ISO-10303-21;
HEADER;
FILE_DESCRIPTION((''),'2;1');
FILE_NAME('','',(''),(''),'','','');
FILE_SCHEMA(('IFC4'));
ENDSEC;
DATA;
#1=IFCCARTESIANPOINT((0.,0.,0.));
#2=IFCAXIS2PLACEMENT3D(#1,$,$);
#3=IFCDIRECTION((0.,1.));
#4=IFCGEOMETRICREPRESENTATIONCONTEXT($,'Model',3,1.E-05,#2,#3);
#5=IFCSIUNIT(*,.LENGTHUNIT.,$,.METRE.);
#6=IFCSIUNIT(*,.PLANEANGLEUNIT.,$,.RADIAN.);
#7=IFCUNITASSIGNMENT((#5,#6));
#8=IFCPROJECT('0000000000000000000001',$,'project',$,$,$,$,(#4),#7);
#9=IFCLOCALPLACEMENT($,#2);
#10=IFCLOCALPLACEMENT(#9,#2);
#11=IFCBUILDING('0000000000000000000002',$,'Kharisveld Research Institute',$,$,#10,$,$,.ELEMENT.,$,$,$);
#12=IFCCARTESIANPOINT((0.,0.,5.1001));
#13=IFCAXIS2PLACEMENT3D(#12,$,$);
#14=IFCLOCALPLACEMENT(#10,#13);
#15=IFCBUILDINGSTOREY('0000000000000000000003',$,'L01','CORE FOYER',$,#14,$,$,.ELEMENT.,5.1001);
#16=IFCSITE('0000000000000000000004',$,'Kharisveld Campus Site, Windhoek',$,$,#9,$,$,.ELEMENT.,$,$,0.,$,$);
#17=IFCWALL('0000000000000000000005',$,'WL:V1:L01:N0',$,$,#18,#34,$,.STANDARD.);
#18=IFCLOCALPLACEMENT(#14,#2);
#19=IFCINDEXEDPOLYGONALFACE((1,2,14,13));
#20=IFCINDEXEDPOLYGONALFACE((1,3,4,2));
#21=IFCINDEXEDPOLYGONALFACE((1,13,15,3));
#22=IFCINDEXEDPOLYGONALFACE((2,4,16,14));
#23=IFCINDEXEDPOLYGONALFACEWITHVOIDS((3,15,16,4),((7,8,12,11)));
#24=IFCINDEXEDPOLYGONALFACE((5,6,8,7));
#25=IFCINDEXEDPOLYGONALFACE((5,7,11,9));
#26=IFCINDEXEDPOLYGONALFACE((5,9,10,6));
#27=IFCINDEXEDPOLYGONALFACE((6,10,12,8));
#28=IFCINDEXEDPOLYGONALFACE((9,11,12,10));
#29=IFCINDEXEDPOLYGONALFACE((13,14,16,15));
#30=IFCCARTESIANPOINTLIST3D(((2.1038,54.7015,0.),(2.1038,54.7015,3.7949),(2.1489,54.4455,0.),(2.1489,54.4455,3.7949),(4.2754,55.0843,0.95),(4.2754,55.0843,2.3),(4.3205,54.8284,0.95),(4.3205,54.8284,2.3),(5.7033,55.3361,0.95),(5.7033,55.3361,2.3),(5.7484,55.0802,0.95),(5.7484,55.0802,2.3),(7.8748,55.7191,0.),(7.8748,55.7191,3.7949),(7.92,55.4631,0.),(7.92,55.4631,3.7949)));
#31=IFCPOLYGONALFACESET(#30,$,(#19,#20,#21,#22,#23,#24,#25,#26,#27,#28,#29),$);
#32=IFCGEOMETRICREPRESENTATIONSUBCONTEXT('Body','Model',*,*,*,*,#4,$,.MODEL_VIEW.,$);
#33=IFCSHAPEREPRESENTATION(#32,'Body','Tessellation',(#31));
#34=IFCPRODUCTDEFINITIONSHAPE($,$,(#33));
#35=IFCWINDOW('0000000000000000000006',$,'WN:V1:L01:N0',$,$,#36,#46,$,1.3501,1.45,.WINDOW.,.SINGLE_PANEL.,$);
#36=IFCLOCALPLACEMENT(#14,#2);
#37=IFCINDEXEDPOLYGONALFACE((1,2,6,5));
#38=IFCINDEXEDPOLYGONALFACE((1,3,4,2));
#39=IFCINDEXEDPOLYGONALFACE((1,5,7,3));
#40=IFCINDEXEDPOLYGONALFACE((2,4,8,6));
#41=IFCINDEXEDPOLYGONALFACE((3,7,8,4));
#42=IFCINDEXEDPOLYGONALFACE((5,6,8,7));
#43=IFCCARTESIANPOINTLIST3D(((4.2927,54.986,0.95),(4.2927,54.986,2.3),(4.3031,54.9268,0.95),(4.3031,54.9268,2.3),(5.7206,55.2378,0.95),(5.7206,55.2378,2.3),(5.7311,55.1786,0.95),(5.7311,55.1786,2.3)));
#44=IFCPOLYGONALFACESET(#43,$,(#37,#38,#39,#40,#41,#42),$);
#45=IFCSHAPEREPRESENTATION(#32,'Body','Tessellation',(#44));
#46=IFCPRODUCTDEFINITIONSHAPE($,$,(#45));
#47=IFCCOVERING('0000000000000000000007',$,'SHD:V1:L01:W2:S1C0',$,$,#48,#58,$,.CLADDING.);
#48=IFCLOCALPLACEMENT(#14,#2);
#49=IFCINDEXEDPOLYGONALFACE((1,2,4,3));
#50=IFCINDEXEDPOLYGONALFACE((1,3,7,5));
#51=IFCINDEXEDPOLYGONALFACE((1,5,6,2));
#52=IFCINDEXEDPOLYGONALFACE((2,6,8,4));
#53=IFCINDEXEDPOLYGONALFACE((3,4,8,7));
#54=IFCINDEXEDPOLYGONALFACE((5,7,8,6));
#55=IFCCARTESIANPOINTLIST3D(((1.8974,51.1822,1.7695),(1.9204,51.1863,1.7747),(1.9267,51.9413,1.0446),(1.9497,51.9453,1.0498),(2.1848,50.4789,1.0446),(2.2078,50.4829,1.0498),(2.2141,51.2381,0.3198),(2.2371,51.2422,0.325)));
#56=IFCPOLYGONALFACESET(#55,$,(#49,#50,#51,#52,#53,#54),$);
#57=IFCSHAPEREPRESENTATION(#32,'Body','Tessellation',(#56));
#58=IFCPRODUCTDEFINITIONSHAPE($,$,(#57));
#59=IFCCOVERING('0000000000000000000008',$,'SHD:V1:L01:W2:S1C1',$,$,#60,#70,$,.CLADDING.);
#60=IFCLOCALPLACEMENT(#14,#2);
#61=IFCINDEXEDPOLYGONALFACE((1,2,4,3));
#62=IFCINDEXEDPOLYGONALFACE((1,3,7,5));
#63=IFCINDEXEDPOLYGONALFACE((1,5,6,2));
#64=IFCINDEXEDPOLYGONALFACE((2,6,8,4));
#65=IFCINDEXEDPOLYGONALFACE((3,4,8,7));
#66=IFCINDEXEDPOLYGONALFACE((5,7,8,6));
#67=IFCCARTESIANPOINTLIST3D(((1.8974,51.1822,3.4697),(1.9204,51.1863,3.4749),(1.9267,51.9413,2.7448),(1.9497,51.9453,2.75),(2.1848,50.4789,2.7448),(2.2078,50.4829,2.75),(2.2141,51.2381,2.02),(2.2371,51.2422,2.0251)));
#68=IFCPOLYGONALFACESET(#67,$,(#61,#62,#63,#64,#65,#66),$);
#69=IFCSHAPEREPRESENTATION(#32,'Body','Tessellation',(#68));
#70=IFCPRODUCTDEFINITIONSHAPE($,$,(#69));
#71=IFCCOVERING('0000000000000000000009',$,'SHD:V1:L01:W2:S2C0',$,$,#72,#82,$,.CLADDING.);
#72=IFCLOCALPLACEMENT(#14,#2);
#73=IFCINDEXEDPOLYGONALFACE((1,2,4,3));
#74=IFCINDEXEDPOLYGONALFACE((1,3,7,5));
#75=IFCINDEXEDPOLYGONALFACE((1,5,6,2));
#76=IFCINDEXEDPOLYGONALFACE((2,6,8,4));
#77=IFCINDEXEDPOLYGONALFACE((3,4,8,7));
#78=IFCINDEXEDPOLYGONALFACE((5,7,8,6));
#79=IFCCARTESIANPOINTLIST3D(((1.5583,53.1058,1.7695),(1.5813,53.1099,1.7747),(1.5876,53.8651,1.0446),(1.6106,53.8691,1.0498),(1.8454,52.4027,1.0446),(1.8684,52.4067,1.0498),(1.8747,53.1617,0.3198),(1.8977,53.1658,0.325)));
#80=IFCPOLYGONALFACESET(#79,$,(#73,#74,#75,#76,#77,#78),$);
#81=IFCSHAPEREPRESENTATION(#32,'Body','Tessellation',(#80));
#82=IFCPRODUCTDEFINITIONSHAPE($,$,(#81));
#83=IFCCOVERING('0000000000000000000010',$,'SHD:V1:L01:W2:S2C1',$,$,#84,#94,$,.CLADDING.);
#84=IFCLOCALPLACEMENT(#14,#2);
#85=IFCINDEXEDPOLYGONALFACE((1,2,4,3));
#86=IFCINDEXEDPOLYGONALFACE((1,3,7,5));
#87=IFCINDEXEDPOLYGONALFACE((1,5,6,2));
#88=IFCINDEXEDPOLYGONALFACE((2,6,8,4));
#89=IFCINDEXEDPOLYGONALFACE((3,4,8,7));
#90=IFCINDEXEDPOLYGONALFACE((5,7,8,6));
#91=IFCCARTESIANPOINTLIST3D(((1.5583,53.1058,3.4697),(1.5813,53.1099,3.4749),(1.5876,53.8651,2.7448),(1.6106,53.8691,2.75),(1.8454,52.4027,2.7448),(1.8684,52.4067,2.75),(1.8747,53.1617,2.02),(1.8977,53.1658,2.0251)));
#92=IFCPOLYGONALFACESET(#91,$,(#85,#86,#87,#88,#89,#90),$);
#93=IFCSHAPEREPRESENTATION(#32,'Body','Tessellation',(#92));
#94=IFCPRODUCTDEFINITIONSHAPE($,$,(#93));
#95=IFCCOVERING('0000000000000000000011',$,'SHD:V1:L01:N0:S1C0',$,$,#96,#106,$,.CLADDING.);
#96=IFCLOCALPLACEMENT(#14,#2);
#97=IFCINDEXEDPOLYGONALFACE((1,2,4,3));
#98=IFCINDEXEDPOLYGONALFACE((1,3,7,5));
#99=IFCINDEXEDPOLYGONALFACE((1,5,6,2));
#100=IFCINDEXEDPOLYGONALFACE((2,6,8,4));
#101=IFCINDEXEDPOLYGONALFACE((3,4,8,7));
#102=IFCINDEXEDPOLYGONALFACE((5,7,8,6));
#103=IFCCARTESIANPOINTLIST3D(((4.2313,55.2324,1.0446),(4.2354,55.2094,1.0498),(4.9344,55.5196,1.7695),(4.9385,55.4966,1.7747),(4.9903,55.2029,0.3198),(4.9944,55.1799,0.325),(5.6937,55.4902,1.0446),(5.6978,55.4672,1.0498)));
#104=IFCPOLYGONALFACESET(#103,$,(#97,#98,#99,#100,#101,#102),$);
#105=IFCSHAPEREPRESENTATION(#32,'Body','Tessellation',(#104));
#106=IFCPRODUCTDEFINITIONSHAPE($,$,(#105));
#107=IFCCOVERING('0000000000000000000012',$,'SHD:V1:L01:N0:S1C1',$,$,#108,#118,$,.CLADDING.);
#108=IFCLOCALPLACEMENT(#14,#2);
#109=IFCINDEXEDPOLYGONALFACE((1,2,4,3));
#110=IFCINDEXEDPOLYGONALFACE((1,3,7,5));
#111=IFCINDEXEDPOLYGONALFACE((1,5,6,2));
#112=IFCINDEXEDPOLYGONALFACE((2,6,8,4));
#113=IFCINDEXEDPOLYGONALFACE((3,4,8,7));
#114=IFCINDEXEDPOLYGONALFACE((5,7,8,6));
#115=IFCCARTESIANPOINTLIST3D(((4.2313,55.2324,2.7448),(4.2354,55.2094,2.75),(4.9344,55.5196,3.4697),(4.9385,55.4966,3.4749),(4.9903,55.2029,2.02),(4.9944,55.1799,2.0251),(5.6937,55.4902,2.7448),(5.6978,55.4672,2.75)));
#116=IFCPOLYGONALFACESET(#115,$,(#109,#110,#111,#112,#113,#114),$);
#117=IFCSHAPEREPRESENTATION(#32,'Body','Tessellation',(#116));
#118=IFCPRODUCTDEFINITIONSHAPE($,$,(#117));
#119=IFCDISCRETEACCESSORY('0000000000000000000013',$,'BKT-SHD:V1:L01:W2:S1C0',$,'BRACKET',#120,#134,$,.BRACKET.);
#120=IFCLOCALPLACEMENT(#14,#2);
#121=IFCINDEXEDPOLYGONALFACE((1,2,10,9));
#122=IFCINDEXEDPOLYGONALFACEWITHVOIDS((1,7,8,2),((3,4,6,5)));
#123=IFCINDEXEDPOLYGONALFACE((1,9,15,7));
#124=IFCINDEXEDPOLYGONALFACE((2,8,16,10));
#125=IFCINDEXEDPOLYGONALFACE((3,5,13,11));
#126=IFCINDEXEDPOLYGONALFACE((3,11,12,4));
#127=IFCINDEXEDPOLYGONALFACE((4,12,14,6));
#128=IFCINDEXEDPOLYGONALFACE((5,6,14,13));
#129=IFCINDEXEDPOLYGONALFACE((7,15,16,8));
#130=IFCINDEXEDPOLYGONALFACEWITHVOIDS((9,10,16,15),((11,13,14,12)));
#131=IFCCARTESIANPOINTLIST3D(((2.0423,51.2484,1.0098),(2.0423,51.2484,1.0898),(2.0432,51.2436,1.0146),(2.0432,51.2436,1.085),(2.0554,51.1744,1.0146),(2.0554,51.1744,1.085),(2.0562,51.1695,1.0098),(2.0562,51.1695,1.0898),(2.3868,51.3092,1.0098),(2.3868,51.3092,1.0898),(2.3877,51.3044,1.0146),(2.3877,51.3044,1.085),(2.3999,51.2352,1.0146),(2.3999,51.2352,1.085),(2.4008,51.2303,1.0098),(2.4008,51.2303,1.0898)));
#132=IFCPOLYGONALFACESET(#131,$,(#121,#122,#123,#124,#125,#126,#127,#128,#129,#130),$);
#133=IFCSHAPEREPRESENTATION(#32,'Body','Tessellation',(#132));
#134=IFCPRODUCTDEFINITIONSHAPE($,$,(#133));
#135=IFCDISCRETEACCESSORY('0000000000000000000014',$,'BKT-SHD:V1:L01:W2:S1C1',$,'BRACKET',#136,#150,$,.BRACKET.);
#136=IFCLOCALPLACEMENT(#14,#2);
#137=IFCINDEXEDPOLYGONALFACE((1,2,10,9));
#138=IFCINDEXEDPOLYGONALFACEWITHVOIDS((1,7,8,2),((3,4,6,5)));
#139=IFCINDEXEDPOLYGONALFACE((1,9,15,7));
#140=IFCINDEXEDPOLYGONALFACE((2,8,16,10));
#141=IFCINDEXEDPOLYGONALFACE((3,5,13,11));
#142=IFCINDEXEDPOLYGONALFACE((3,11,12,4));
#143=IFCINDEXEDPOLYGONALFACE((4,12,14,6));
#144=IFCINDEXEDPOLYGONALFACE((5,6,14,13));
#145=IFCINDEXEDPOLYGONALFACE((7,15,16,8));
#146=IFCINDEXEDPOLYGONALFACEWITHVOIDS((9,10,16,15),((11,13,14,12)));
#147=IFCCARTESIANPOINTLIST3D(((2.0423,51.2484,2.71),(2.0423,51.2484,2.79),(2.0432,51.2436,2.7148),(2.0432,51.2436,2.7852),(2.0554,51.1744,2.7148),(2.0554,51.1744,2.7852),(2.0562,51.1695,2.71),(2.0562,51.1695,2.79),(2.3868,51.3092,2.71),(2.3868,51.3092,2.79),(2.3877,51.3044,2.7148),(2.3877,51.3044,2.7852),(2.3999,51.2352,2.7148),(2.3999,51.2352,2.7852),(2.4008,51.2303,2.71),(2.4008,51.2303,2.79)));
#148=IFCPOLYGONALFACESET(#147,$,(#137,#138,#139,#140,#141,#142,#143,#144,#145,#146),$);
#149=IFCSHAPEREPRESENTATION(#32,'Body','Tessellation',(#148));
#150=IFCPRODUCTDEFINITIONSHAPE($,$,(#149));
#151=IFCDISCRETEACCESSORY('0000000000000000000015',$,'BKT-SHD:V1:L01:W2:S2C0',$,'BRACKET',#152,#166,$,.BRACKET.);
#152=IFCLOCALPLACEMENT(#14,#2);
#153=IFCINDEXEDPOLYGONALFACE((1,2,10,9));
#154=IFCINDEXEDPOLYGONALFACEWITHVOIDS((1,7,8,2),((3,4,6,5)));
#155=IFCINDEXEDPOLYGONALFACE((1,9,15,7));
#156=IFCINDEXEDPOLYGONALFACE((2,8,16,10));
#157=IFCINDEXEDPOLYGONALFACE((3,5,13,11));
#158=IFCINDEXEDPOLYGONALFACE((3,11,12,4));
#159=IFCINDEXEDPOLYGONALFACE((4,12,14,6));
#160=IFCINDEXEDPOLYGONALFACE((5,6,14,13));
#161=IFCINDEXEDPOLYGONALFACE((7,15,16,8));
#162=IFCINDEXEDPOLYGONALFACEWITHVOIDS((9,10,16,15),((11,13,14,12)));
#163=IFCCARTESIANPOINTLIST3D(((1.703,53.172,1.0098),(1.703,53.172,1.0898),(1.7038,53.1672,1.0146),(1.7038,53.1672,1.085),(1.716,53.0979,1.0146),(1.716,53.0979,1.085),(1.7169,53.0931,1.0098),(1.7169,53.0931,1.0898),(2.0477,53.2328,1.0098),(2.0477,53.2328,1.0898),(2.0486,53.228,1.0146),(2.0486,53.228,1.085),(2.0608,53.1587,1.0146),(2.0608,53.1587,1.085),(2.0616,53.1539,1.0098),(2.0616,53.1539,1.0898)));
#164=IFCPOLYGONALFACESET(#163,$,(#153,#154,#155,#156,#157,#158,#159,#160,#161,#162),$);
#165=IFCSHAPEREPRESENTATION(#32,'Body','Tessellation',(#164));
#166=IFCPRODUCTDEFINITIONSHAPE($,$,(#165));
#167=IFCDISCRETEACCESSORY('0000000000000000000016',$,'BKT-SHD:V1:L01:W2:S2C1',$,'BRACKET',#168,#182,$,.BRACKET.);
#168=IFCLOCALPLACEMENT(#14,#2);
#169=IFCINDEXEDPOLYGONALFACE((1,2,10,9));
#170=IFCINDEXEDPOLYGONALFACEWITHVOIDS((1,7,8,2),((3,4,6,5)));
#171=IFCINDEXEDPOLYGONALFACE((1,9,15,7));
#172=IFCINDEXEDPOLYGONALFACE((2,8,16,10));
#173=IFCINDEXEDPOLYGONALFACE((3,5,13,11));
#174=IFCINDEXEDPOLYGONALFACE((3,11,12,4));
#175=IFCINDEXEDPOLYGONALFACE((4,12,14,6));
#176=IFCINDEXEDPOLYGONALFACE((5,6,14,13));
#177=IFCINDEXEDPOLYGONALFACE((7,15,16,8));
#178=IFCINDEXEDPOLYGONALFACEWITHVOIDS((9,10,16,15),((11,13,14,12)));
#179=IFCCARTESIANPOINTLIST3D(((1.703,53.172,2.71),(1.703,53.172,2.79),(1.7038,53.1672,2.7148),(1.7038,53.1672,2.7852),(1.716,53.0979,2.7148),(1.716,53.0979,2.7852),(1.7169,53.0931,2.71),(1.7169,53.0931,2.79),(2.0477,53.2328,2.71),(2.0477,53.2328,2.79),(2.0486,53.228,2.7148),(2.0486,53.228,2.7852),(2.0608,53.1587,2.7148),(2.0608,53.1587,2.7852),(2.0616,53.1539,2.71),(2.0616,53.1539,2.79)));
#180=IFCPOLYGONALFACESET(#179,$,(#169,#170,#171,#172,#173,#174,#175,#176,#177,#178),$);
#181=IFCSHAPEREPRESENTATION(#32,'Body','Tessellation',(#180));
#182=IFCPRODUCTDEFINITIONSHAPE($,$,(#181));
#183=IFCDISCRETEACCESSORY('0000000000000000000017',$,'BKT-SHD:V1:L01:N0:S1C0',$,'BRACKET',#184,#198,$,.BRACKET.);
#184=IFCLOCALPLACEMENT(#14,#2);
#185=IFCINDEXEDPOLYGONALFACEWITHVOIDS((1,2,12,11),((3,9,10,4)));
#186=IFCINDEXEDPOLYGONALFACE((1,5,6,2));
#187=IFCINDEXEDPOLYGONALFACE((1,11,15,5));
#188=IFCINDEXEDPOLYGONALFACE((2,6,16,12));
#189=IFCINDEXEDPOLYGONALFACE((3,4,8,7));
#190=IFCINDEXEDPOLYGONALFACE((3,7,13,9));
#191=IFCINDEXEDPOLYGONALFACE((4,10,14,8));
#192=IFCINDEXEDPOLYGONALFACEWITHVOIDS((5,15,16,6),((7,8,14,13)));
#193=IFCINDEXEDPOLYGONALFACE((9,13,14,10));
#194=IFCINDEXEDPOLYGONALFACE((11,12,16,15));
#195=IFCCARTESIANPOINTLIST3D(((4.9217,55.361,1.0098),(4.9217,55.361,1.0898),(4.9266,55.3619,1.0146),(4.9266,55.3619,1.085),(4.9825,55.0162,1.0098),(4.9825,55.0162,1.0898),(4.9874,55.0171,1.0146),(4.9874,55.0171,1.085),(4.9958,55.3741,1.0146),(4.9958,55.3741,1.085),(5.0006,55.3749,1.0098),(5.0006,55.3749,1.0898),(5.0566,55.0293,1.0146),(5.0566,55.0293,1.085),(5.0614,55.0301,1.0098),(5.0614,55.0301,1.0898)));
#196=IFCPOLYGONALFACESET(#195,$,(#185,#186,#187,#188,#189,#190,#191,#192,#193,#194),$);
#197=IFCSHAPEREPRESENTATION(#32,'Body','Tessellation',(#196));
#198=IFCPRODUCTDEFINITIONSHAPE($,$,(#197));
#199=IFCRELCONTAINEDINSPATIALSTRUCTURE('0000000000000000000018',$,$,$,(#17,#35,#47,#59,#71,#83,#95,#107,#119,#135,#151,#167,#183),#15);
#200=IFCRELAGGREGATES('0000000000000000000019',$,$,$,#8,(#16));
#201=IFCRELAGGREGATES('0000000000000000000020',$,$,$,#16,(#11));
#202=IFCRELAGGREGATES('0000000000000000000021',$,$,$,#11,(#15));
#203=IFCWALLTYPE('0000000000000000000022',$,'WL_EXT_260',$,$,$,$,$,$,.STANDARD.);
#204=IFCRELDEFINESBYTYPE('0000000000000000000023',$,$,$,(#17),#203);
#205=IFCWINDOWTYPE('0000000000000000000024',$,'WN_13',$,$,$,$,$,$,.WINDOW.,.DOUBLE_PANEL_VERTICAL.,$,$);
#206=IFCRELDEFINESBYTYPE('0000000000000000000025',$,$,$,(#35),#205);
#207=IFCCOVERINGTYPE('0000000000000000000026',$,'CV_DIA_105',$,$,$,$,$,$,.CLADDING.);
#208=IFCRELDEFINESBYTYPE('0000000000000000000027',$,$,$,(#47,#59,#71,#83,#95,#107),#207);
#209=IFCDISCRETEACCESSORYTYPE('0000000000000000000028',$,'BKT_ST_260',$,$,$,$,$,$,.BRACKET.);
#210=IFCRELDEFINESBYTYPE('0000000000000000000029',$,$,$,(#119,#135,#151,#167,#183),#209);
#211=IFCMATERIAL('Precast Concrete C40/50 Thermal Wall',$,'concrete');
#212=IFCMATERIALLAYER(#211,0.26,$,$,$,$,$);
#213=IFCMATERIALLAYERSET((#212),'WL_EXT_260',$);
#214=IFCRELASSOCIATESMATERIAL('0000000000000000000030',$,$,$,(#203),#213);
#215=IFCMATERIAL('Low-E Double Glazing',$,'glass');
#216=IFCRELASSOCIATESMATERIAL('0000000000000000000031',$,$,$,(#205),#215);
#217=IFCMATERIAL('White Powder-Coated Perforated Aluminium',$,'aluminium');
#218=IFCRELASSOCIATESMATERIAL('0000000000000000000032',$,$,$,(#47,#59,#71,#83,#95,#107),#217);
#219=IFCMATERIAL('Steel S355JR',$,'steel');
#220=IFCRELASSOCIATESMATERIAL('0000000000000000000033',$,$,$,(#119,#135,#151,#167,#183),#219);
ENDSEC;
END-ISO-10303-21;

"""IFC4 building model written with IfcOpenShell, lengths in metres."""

from ifc_helpers import new_model, si_unit, direction, frame, frame_2d, origin, origin_2d, place, context, subcontext, project, spatial, polyline, rectangle, hollow_rectangle, outline, extrude, material, layer, layer_set, type_object, element, fill, save


model = new_model("IFC4")

# Units and contexts
model_context = context("Model", 3, precision=1e-05, world=origin(), true_north=direction((0.0, 1.0)))
body_context = subcontext(model_context, "Body", "Model", "MODEL_VIEW")
ifc_project = project(units=[si_unit("LENGTHUNIT", "METRE"), si_unit("PLANEANGLEUNIT", "RADIAN")], contexts=[model_context])

# Site, building, storey
site_placement = place(None, origin())
site = spatial("IfcSite", under=ifc_project, at=site_placement, Name="Kharisveld Campus Site, Windhoek", CompositionType="ELEMENT", RefElevation=0.0)
building_placement = place(site_placement, origin())
building = spatial("IfcBuilding", under=site, at=building_placement, Name="Kharisveld Research Institute", CompositionType="ELEMENT")
storey_placement = place(building_placement, frame((0.0, 0.0, 5.1001)))
storey = spatial("IfcBuildingStorey", under=building, at=storey_placement, Name="L01", Description="CORE FOYER", CompositionType="ELEMENT", Elevation=5.1001)

# Wall, opening, window
ifc_material_1 = material(Name="Precast Concrete C40/50 Thermal Wall", Category="concrete")
ifc_layer_1 = layer(ifc_material_1, 0.26)
ifc_layer_set_1 = layer_set([ifc_layer_1], Name="WL_EXT_260")
wall_type = type_object("IfcWallType", Name="WL_EXT_260", PredefinedType="STANDARD", material=ifc_layer_set_1)
wall_placement = place(storey_placement, frame((2.1262, 54.5735, 0.0), z_axis=(0.0, 0.0, 1.0), x_axis=(0.984808, 0.173647, 0.0)))
wall = element("IfcWall", 1, at=wall_placement, inside=storey, type_object=wall_type, Name="WL:V1:L01:N0", PredefinedType="STANDARD", context=body_context, shape_type="SweptSolid", body=[
    extrude(rectangle(XDim=5.8601, YDim=0.26, at=frame_2d((2.9302, 0.0))), origin(), (0.0, 0.0, 1.0), 3.7949),
])
opening_placement = place(wall_placement, frame((2.2051, 0.0, 0.95)))
opening = element("IfcOpeningElement", 2, at=opening_placement, cuts=wall, PredefinedType="OPENING", context=body_context, shape_type="SweptSolid", body=[
    extrude(rectangle(XDim=1.45, YDim=1.3501, at=frame_2d((0.7251, 0.675))), frame((0.0, 0.1299, 0.0), z_axis=(0.0, -1.0, 0.0), x_axis=(1.0, 0.0, 0.0)), (0.0, 0.0, 1.0), 0.26),
])
ifc_material_2 = material(Name="Low-E Double Glazing", Category="glass")
window_type = type_object("IfcWindowType", Name="WN_13", PartitioningType="DOUBLE_PANEL_VERTICAL", PredefinedType="WINDOW", material=ifc_material_2)
window_placement = place(opening_placement, origin())
window = element("IfcWindow", 3, at=window_placement, inside=storey, type_object=window_type, Name="WN:V1:L01:N0", OverallHeight=1.3501, OverallWidth=1.45, PartitioningType="SINGLE_PANEL", PredefinedType="WINDOW", context=body_context, shape_type="SweptSolid", body=[
    extrude(rectangle(XDim=1.45, YDim=1.3501, at=frame_2d((0.7251, 0.675))), frame((0.0, 0.03, 0.0), z_axis=(0.0, -1.0, 0.0), x_axis=(1.0, 0.0, 0.0)), (0.0, 0.0, 1.0), 0.0601),
])
fill(opening, window)

# Coverings
ifc_material_3 = material(Name="White Powder-Coated Perforated Aluminium", Category="aluminium")
covering_type = type_object("IfcCoveringType", Name="CV_DIA_105", PredefinedType="CLADDING")
for number, where, z_axis, x_axis, name in (
    (4, (2.2371, 51.2422, 0.325), (0.96142, 0.169653, 0.21654), (-0.273667, 0.669686, 0.690382), "SHD:V1:L01:W2:S1C0"),
    (5, (2.2371, 51.2422, 2.0251), (0.96142, 0.169653, 0.21654), (-0.273667, 0.669686, 0.690382), "SHD:V1:L01:W2:S1C1"),
):
    element("IfcCovering", number, at=place(storey_placement, frame(where, z_axis=z_axis, x_axis=x_axis)), inside=storey, type_object=covering_type, material=ifc_material_3, Name=name, PredefinedType="CLADDING", context=body_context, shape_type="SweptSolid", body=[
        extrude(outline(polyline([(0.0, 0.0), (1.0499, 0.0), (1.0501, 1.05), (0.0, 1.0501), (0.0, 0.0)])), origin(), (0.0, 0.0, -1.0), 0.0239),
    ])
for number, where, z_axis, x_axis, name in (
    (6, (1.8977, 53.1658, 0.325), (0.961481, 0.169503, 0.216385), (-0.273447, 0.66985, 0.69031), "SHD:V1:L01:W2:S2C0"),
    (7, (1.8977, 53.1658, 2.0251), (0.961481, 0.169503, 0.216385), (-0.273447, 0.66985, 0.69031), "SHD:V1:L01:W2:S2C1"),
):
    element("IfcCovering", number, at=place(storey_placement, frame(where, z_axis=z_axis, x_axis=x_axis)), inside=storey, type_object=covering_type, material=ifc_material_3, Name=name, PredefinedType="CLADDING", context=body_context, shape_type="SweptSolid", body=[
        extrude(outline(polyline([(0.0, 0.0), (1.05, 0.0), (1.0498, 1.0501), (-0.0001, 1.05), (0.0, 0.0)])), origin(), (0.0, 0.0, -1.0), 0.0239),
    ])
for number, where, z_axis, x_axis, name in (
    (8, (4.9944, 55.1799, 0.325), (0.169497, -0.961447, 0.21654), (0.669826, 0.273555, 0.69029), "SHD:V1:L01:N0:S1C0"),
    (9, (4.9944, 55.1799, 2.0251), (0.169497, -0.961447, 0.21654), (0.669826, 0.273555, 0.69029), "SHD:V1:L01:N0:S1C1"),
):
    element("IfcCovering", number, at=place(storey_placement, frame(where, z_axis=z_axis, x_axis=x_axis)), inside=storey, type_object=covering_type, material=ifc_material_3, Name=name, PredefinedType="CLADDING", context=body_context, shape_type="SweptSolid", body=[
        extrude(outline(polyline([(0.0, 0.0), (1.0501, 0.0), (1.0499, 1.0501), (0.0, 1.05), (0.0, 0.0)])), origin(), (0.0, 0.0, -1.0), 0.0239),
    ])

# Discrete accessories
ifc_material_4 = material(Name="Steel S355JR", Category="steel")
discrete_accessory_type = type_object("IfcDiscreteAccessoryType", Name="BKT_ST_260", PredefinedType="BRACKET")
for number, where, z_axis, x_axis, name in (
    (10, (2.3938, 51.2698, 1.0498), (-0.984784, -0.173785, 0.0), (0.173785, -0.984784, 0.0), "BKT-SHD:V1:L01:W2:S1C0"),
    (11, (2.3938, 51.2698, 2.75), (-0.984784, -0.173785, 0.0), (0.173785, -0.984784, 0.0), "BKT-SHD:V1:L01:W2:S1C1"),
):
    element("IfcDiscreteAccessory", number, at=place(storey_placement, frame(where, z_axis=z_axis, x_axis=x_axis)), inside=storey, type_object=discrete_accessory_type, material=ifc_material_4, Name=name, ObjectType="BRACKET", PredefinedType="BRACKET", context=body_context, shape_type="SweptSolid", body=[
        extrude(hollow_rectangle(XDim=0.0801, YDim=0.0801, WallThickness=0.0049, at=origin_2d()), origin(), (0.0, 0.0, 1.0), 0.3499),
    ])
for number, where, z_axis, x_axis, name in (
    (12, (2.0547, 53.1934, 1.0498), (-0.984805, -0.173666, 0.0), (0.173666, -0.984805, 0.0), "BKT-SHD:V1:L01:W2:S2C0"),
    (13, (2.0547, 53.1934, 2.75), (-0.984805, -0.173666, 0.0), (0.173666, -0.984805, 0.0), "BKT-SHD:V1:L01:W2:S2C1"),
    (14, (5.022, 55.0232, 1.0498), (-0.173666, 0.984805, 0.0), (-0.984805, -0.173666, 0.0), "BKT-SHD:V1:L01:N0:S1C0"),
):
    element("IfcDiscreteAccessory", number, at=place(storey_placement, frame(where, z_axis=z_axis, x_axis=x_axis)), inside=storey, type_object=discrete_accessory_type, material=ifc_material_4, Name=name, ObjectType="BRACKET", PredefinedType="BRACKET", context=body_context, shape_type="SweptSolid", body=[
        extrude(hollow_rectangle(XDim=0.0801, YDim=0.0801, WallThickness=0.0049, at=origin_2d()), origin(), (0.0, 0.0, 1.0), 0.3501),
    ])

save(model, "model.ifc")
